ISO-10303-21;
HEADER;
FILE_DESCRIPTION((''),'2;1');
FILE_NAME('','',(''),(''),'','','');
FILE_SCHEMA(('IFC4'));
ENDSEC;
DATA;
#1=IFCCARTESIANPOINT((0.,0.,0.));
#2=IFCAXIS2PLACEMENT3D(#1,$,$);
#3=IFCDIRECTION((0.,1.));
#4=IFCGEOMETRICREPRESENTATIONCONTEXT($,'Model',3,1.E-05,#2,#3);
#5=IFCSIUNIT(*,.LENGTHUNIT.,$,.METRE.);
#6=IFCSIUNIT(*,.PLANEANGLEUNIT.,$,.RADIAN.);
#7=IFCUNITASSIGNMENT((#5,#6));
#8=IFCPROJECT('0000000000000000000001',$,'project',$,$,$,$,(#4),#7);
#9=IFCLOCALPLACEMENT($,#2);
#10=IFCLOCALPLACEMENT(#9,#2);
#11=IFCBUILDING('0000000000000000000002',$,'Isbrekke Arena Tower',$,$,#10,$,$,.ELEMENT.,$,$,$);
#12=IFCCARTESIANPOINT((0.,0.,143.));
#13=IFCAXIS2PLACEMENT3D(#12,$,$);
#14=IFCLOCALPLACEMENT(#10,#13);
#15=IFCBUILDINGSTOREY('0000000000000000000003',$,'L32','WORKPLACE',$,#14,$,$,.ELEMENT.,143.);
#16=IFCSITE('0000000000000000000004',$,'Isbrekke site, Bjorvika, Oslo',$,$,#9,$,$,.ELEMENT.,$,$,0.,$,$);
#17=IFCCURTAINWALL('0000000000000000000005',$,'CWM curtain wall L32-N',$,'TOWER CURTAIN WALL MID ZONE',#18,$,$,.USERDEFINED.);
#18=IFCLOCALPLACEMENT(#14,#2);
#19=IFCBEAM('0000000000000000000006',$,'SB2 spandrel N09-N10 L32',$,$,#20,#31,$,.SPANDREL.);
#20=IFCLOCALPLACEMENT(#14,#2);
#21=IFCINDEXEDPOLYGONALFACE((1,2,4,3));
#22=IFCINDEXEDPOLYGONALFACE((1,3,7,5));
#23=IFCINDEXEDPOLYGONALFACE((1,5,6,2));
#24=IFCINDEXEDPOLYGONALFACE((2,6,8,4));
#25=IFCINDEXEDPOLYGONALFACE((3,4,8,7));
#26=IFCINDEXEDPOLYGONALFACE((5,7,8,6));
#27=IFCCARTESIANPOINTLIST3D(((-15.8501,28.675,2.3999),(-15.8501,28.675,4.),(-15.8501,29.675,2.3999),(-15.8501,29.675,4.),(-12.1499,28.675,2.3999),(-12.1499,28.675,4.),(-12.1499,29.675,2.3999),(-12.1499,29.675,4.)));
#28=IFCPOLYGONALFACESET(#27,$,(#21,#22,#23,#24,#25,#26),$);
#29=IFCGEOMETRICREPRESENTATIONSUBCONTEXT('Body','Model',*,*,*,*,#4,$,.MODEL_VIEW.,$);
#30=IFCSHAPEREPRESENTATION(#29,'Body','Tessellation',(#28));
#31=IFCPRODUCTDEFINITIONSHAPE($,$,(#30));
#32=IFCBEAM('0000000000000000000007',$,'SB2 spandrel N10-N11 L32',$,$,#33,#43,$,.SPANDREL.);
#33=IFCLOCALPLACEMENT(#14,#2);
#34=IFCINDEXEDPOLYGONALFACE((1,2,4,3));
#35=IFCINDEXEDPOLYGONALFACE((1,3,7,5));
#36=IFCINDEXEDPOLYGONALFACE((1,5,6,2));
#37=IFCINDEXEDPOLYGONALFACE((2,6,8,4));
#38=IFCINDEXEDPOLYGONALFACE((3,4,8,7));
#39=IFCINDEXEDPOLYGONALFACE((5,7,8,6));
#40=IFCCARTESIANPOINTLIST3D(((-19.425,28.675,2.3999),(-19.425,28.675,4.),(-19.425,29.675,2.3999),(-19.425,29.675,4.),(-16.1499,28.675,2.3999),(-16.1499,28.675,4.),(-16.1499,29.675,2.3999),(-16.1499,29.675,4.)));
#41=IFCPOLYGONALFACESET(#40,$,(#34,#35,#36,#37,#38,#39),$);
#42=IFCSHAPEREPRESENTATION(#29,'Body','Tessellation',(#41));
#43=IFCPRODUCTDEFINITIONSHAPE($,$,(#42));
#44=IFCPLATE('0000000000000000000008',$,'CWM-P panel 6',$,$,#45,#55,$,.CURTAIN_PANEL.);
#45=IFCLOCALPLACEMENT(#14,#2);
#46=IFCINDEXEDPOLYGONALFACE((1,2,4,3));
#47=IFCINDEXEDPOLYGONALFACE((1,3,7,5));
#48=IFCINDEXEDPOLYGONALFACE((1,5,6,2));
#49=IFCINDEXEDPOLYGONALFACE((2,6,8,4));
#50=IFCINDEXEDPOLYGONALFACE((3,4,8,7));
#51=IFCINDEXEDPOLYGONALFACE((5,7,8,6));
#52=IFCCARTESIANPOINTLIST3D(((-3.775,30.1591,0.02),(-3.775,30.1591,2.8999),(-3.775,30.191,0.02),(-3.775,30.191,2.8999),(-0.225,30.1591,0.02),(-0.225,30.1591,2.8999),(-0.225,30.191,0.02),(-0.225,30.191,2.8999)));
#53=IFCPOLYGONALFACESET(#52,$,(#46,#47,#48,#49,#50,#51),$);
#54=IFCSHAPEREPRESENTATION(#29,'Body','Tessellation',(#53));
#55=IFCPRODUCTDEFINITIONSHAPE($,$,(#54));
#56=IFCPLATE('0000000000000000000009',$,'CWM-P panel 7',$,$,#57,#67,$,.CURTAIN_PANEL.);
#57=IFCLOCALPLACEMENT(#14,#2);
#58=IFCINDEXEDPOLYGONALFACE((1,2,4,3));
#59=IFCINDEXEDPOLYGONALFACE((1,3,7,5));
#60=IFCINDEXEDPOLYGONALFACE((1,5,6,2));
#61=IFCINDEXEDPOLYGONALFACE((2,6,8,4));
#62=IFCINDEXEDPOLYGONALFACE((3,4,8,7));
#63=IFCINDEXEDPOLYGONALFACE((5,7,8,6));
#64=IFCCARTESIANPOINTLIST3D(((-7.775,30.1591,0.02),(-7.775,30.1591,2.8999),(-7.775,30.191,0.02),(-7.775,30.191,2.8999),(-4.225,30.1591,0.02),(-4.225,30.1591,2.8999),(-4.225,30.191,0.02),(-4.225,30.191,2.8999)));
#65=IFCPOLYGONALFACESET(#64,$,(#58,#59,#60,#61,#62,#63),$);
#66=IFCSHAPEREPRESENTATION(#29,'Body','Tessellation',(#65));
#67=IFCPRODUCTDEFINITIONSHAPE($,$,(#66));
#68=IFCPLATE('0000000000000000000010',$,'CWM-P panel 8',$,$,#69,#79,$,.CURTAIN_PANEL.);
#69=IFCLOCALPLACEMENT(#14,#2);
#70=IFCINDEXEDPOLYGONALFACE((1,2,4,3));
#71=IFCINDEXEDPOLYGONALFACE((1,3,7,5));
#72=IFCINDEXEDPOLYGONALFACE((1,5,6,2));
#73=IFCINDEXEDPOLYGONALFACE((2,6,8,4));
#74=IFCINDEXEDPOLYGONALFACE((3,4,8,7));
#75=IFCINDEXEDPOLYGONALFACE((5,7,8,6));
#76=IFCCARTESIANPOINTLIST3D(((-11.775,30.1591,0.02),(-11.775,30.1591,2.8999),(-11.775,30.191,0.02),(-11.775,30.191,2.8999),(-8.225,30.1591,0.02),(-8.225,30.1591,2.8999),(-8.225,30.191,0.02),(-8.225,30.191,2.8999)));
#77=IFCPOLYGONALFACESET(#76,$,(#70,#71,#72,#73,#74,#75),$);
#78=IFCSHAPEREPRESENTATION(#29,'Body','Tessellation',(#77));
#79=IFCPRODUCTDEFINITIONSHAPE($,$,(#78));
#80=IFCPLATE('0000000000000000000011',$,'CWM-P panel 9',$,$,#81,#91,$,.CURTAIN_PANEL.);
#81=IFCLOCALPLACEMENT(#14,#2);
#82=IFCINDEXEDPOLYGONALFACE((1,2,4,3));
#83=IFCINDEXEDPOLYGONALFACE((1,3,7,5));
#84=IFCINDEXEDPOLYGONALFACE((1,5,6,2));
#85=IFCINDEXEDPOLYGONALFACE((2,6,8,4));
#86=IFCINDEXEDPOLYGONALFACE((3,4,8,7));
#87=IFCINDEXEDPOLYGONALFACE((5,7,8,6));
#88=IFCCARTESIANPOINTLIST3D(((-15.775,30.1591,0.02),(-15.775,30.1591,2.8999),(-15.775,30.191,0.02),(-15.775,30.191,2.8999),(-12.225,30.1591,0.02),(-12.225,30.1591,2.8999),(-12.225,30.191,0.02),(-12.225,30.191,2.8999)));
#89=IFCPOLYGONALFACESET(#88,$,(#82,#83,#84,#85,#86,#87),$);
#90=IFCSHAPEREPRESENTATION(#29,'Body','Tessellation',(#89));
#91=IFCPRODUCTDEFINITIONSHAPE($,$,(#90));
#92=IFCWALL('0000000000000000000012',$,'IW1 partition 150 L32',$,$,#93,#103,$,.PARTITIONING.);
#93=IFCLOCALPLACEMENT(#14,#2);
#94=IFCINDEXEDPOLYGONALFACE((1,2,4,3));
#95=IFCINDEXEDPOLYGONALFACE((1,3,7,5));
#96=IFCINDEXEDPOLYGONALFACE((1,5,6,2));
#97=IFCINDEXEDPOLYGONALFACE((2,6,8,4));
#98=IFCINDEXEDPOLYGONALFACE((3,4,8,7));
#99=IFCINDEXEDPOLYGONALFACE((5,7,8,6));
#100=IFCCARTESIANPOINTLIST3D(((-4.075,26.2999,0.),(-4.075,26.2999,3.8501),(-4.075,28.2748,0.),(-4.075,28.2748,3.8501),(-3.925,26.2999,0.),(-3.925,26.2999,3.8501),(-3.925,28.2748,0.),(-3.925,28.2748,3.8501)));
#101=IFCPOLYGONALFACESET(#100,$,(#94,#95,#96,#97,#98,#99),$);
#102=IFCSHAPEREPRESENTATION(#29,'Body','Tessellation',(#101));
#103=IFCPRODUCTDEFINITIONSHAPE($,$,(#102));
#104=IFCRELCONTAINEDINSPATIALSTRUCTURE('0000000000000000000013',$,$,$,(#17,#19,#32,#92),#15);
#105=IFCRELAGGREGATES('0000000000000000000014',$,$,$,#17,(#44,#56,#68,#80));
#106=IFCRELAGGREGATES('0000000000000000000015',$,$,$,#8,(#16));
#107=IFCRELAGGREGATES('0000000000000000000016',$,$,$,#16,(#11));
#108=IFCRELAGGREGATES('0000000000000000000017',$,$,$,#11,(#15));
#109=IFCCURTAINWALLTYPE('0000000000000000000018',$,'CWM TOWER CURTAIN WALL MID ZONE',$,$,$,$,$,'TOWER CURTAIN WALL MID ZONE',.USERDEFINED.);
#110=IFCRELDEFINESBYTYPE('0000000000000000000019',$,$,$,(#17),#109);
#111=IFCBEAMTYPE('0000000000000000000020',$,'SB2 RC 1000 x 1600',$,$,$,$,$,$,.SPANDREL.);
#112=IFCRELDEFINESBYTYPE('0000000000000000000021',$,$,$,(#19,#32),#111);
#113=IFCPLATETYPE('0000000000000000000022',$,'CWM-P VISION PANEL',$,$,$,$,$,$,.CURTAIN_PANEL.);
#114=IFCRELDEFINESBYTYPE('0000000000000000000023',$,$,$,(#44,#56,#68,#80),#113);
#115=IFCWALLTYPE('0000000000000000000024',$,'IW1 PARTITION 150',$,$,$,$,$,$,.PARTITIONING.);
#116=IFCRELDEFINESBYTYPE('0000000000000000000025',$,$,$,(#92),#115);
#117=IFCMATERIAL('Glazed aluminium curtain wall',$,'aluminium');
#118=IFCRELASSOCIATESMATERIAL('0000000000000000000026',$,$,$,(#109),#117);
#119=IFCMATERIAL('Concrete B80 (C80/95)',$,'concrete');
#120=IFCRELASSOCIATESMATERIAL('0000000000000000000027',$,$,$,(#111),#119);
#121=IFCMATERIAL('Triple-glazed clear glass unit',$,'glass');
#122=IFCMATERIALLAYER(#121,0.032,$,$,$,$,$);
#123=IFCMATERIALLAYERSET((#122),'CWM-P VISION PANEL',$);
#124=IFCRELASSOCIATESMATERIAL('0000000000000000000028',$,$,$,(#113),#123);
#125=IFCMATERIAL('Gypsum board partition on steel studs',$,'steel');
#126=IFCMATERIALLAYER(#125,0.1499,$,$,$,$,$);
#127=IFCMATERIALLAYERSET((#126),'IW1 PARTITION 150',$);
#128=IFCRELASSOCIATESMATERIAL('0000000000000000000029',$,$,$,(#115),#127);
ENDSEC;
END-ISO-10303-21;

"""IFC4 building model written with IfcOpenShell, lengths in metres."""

from ifc_helpers import new_model, si_unit, direction, frame, frame_2d, origin, origin_2d, place, context, subcontext, project, spatial, rectangle, extrude, material, layer, layer_set, material_profile, profile_set, type_object, element, aggregate, save


model = new_model("IFC4")

# Units and contexts
model_context = context("Model", 3, precision=1e-05, world=origin(), true_north=direction((0.0, 1.0)))
body_context = subcontext(model_context, "Body", "Model", "MODEL_VIEW")
ifc_project = project(units=[si_unit("LENGTHUNIT", "METRE"), si_unit("PLANEANGLEUNIT", "RADIAN")], contexts=[model_context])

# Site, building, storey
site_placement = place(None, origin())
site = spatial("IfcSite", under=ifc_project, at=site_placement, Name="Isbrekke site, Bjorvika, Oslo", CompositionType="ELEMENT", RefElevation=0.0)
building_placement = place(site_placement, origin())
building = spatial("IfcBuilding", under=site, at=building_placement, Name="Isbrekke Arena Tower", CompositionType="ELEMENT")
storey_placement = place(building_placement, frame((0.0, 0.0, 143.0)))
storey = spatial("IfcBuildingStorey", under=building, at=storey_placement, Name="L32", Description="WORKPLACE", CompositionType="ELEMENT", Elevation=143.0)

# Curtain wall
ifc_material_1 = material(Name="Glazed aluminium curtain wall", Category="aluminium")
curtain_wall_type = type_object("IfcCurtainWallType", Name="CWM TOWER CURTAIN WALL MID ZONE", ElementType="TOWER CURTAIN WALL MID ZONE", PredefinedType="USERDEFINED", material=ifc_material_1)
curtain_wall_placement = place(storey_placement, origin())
curtain_wall = element("IfcCurtainWall", 1, at=curtain_wall_placement, inside=storey, type_object=curtain_wall_type, Name="CWM curtain wall L32-N", ObjectType="TOWER CURTAIN WALL MID ZONE", PredefinedType="USERDEFINED")

# Beams
ifc_material_2 = material(Name="Concrete B80 (C80/95)", Category="concrete")
ifc_material_profile_1 = material_profile(ifc_material_2, rectangle(XDim=1.0, YDim=1.6001, at=origin_2d()), Name="RC 1000x1600")
ifc_profile_set_1 = profile_set([ifc_material_profile_1], Name="Concrete B80 (C80/95)")
beam_type_1 = type_object("IfcBeamType", Name="SB2 RC 1000 x 1600", PredefinedType="SPANDREL", material=ifc_profile_set_1)
for number, where, z_axis, x_axis, name in (
    (2, (-12.1499, 29.175, 3.2), (-1.0, 0.0, 0.0), (0.0, -1.0, 0.0), "SB2 spandrel N09-N10 L32"),
):
    element("IfcBeam", number, at=place(storey_placement, frame(where, z_axis=z_axis, x_axis=x_axis)), inside=storey, type_object=beam_type_1, Name=name, PredefinedType="SPANDREL", context=body_context, shape_type="SweptSolid", body=[
        extrude(rectangle(XDim=1.0, YDim=1.6001, at=origin_2d()), origin(), (0.0, 0.0, 1.0), 3.7002),
    ])
beam_1_placement = place(storey_placement, frame((-16.1499, 29.175, 3.2), z_axis=(-1.0, 0.0, 0.0), x_axis=(0.0, -1.0, 0.0)))
element("IfcBeam", 3, at=beam_1_placement, inside=storey, type_object=beam_type_1, Name="SB2 spandrel N10-N11 L32", PredefinedType="SPANDREL", context=body_context, shape_type="SweptSolid", body=[
    extrude(rectangle(XDim=1.0, YDim=1.6001, at=origin_2d()), origin(), (0.0, 0.0, 1.0), 3.2751),
])

# Plates
ifc_material_3 = material(Name="Triple-glazed clear glass unit", Category="glass")
ifc_layer_1 = layer(ifc_material_3, 0.032)
ifc_layer_set_1 = layer_set([ifc_layer_1], Name="CWM-P VISION PANEL")
plate_type = type_object("IfcPlateType", Name="CWM-P VISION PANEL", PredefinedType="CURTAIN_PANEL", material=ifc_layer_set_1)
plate_1_placement = place(storey_placement, frame((-2.0, 30.175, 0.02), z_axis=(0.0, 0.0, 1.0), x_axis=(-1.0, 0.0, 0.0)))
plate_1 = element("IfcPlate", 4, at=plate_1_placement, type_object=plate_type, Name="CWM-P panel 6", PredefinedType="CURTAIN_PANEL", context=body_context, shape_type="SweptSolid", body=[
    extrude(rectangle(XDim=3.55, YDim=0.032, at=origin_2d()), origin(), (0.0, 0.0, 1.0), 2.8799),
])
plate_2_placement = place(storey_placement, frame((-6.0, 30.175, 0.02), z_axis=(0.0, 0.0, 1.0), x_axis=(-1.0, 0.0, 0.0)))
plate_2 = element("IfcPlate", 5, at=plate_2_placement, type_object=plate_type, Name="CWM-P panel 7", PredefinedType="CURTAIN_PANEL", context=body_context, shape_type="SweptSolid", body=[
    extrude(rectangle(XDim=3.55, YDim=0.032, at=origin_2d()), origin(), (0.0, 0.0, 1.0), 2.8799),
])
plate_3_placement = place(storey_placement, frame((-10.0, 30.175, 0.02), z_axis=(0.0, 0.0, 1.0), x_axis=(-1.0, 0.0, 0.0)))
plate_3 = element("IfcPlate", 6, at=plate_3_placement, type_object=plate_type, Name="CWM-P panel 8", PredefinedType="CURTAIN_PANEL", context=body_context, shape_type="SweptSolid", body=[
    extrude(rectangle(XDim=3.55, YDim=0.032, at=origin_2d()), origin(), (0.0, 0.0, 1.0), 2.8799),
])
plate_4_placement = place(storey_placement, frame((-14.0, 30.175, 0.02), z_axis=(0.0, 0.0, 1.0), x_axis=(-1.0, 0.0, 0.0)))
plate_4 = element("IfcPlate", 7, at=plate_4_placement, type_object=plate_type, Name="CWM-P panel 9", PredefinedType="CURTAIN_PANEL", context=body_context, shape_type="SweptSolid", body=[
    extrude(rectangle(XDim=3.55, YDim=0.032, at=origin_2d()), origin(), (0.0, 0.0, 1.0), 2.8799),
])
aggregate(curtain_wall, [plate_1, plate_2, plate_3, plate_4])

# Wall
ifc_material_4 = material(Name="Gypsum board partition on steel studs", Category="steel")
ifc_layer_2 = layer(ifc_material_4, 0.1499)
ifc_layer_set_2 = layer_set([ifc_layer_2], Name="IW1 PARTITION 150")
wall_type = type_object("IfcWallType", Name="IW1 PARTITION 150", PredefinedType="PARTITIONING", material=ifc_layer_set_2)
wall_placement = place(storey_placement, frame((-4.0, 26.3, 0.0), z_axis=(0.0, 0.0, 1.0), x_axis=(0.0, 1.0, 0.0)))
element("IfcWall", 8, at=wall_placement, inside=storey, type_object=wall_type, Name="IW1 partition 150 L32", PredefinedType="PARTITIONING", context=body_context, shape_type="SweptSolid", body=[
    extrude(rectangle(XDim=1.9749, YDim=0.1499, at=frame_2d((0.9873, 0.0))), origin(), (0.0, 0.0, 1.0), 3.8501),
])

save(model, "model.ifc")
